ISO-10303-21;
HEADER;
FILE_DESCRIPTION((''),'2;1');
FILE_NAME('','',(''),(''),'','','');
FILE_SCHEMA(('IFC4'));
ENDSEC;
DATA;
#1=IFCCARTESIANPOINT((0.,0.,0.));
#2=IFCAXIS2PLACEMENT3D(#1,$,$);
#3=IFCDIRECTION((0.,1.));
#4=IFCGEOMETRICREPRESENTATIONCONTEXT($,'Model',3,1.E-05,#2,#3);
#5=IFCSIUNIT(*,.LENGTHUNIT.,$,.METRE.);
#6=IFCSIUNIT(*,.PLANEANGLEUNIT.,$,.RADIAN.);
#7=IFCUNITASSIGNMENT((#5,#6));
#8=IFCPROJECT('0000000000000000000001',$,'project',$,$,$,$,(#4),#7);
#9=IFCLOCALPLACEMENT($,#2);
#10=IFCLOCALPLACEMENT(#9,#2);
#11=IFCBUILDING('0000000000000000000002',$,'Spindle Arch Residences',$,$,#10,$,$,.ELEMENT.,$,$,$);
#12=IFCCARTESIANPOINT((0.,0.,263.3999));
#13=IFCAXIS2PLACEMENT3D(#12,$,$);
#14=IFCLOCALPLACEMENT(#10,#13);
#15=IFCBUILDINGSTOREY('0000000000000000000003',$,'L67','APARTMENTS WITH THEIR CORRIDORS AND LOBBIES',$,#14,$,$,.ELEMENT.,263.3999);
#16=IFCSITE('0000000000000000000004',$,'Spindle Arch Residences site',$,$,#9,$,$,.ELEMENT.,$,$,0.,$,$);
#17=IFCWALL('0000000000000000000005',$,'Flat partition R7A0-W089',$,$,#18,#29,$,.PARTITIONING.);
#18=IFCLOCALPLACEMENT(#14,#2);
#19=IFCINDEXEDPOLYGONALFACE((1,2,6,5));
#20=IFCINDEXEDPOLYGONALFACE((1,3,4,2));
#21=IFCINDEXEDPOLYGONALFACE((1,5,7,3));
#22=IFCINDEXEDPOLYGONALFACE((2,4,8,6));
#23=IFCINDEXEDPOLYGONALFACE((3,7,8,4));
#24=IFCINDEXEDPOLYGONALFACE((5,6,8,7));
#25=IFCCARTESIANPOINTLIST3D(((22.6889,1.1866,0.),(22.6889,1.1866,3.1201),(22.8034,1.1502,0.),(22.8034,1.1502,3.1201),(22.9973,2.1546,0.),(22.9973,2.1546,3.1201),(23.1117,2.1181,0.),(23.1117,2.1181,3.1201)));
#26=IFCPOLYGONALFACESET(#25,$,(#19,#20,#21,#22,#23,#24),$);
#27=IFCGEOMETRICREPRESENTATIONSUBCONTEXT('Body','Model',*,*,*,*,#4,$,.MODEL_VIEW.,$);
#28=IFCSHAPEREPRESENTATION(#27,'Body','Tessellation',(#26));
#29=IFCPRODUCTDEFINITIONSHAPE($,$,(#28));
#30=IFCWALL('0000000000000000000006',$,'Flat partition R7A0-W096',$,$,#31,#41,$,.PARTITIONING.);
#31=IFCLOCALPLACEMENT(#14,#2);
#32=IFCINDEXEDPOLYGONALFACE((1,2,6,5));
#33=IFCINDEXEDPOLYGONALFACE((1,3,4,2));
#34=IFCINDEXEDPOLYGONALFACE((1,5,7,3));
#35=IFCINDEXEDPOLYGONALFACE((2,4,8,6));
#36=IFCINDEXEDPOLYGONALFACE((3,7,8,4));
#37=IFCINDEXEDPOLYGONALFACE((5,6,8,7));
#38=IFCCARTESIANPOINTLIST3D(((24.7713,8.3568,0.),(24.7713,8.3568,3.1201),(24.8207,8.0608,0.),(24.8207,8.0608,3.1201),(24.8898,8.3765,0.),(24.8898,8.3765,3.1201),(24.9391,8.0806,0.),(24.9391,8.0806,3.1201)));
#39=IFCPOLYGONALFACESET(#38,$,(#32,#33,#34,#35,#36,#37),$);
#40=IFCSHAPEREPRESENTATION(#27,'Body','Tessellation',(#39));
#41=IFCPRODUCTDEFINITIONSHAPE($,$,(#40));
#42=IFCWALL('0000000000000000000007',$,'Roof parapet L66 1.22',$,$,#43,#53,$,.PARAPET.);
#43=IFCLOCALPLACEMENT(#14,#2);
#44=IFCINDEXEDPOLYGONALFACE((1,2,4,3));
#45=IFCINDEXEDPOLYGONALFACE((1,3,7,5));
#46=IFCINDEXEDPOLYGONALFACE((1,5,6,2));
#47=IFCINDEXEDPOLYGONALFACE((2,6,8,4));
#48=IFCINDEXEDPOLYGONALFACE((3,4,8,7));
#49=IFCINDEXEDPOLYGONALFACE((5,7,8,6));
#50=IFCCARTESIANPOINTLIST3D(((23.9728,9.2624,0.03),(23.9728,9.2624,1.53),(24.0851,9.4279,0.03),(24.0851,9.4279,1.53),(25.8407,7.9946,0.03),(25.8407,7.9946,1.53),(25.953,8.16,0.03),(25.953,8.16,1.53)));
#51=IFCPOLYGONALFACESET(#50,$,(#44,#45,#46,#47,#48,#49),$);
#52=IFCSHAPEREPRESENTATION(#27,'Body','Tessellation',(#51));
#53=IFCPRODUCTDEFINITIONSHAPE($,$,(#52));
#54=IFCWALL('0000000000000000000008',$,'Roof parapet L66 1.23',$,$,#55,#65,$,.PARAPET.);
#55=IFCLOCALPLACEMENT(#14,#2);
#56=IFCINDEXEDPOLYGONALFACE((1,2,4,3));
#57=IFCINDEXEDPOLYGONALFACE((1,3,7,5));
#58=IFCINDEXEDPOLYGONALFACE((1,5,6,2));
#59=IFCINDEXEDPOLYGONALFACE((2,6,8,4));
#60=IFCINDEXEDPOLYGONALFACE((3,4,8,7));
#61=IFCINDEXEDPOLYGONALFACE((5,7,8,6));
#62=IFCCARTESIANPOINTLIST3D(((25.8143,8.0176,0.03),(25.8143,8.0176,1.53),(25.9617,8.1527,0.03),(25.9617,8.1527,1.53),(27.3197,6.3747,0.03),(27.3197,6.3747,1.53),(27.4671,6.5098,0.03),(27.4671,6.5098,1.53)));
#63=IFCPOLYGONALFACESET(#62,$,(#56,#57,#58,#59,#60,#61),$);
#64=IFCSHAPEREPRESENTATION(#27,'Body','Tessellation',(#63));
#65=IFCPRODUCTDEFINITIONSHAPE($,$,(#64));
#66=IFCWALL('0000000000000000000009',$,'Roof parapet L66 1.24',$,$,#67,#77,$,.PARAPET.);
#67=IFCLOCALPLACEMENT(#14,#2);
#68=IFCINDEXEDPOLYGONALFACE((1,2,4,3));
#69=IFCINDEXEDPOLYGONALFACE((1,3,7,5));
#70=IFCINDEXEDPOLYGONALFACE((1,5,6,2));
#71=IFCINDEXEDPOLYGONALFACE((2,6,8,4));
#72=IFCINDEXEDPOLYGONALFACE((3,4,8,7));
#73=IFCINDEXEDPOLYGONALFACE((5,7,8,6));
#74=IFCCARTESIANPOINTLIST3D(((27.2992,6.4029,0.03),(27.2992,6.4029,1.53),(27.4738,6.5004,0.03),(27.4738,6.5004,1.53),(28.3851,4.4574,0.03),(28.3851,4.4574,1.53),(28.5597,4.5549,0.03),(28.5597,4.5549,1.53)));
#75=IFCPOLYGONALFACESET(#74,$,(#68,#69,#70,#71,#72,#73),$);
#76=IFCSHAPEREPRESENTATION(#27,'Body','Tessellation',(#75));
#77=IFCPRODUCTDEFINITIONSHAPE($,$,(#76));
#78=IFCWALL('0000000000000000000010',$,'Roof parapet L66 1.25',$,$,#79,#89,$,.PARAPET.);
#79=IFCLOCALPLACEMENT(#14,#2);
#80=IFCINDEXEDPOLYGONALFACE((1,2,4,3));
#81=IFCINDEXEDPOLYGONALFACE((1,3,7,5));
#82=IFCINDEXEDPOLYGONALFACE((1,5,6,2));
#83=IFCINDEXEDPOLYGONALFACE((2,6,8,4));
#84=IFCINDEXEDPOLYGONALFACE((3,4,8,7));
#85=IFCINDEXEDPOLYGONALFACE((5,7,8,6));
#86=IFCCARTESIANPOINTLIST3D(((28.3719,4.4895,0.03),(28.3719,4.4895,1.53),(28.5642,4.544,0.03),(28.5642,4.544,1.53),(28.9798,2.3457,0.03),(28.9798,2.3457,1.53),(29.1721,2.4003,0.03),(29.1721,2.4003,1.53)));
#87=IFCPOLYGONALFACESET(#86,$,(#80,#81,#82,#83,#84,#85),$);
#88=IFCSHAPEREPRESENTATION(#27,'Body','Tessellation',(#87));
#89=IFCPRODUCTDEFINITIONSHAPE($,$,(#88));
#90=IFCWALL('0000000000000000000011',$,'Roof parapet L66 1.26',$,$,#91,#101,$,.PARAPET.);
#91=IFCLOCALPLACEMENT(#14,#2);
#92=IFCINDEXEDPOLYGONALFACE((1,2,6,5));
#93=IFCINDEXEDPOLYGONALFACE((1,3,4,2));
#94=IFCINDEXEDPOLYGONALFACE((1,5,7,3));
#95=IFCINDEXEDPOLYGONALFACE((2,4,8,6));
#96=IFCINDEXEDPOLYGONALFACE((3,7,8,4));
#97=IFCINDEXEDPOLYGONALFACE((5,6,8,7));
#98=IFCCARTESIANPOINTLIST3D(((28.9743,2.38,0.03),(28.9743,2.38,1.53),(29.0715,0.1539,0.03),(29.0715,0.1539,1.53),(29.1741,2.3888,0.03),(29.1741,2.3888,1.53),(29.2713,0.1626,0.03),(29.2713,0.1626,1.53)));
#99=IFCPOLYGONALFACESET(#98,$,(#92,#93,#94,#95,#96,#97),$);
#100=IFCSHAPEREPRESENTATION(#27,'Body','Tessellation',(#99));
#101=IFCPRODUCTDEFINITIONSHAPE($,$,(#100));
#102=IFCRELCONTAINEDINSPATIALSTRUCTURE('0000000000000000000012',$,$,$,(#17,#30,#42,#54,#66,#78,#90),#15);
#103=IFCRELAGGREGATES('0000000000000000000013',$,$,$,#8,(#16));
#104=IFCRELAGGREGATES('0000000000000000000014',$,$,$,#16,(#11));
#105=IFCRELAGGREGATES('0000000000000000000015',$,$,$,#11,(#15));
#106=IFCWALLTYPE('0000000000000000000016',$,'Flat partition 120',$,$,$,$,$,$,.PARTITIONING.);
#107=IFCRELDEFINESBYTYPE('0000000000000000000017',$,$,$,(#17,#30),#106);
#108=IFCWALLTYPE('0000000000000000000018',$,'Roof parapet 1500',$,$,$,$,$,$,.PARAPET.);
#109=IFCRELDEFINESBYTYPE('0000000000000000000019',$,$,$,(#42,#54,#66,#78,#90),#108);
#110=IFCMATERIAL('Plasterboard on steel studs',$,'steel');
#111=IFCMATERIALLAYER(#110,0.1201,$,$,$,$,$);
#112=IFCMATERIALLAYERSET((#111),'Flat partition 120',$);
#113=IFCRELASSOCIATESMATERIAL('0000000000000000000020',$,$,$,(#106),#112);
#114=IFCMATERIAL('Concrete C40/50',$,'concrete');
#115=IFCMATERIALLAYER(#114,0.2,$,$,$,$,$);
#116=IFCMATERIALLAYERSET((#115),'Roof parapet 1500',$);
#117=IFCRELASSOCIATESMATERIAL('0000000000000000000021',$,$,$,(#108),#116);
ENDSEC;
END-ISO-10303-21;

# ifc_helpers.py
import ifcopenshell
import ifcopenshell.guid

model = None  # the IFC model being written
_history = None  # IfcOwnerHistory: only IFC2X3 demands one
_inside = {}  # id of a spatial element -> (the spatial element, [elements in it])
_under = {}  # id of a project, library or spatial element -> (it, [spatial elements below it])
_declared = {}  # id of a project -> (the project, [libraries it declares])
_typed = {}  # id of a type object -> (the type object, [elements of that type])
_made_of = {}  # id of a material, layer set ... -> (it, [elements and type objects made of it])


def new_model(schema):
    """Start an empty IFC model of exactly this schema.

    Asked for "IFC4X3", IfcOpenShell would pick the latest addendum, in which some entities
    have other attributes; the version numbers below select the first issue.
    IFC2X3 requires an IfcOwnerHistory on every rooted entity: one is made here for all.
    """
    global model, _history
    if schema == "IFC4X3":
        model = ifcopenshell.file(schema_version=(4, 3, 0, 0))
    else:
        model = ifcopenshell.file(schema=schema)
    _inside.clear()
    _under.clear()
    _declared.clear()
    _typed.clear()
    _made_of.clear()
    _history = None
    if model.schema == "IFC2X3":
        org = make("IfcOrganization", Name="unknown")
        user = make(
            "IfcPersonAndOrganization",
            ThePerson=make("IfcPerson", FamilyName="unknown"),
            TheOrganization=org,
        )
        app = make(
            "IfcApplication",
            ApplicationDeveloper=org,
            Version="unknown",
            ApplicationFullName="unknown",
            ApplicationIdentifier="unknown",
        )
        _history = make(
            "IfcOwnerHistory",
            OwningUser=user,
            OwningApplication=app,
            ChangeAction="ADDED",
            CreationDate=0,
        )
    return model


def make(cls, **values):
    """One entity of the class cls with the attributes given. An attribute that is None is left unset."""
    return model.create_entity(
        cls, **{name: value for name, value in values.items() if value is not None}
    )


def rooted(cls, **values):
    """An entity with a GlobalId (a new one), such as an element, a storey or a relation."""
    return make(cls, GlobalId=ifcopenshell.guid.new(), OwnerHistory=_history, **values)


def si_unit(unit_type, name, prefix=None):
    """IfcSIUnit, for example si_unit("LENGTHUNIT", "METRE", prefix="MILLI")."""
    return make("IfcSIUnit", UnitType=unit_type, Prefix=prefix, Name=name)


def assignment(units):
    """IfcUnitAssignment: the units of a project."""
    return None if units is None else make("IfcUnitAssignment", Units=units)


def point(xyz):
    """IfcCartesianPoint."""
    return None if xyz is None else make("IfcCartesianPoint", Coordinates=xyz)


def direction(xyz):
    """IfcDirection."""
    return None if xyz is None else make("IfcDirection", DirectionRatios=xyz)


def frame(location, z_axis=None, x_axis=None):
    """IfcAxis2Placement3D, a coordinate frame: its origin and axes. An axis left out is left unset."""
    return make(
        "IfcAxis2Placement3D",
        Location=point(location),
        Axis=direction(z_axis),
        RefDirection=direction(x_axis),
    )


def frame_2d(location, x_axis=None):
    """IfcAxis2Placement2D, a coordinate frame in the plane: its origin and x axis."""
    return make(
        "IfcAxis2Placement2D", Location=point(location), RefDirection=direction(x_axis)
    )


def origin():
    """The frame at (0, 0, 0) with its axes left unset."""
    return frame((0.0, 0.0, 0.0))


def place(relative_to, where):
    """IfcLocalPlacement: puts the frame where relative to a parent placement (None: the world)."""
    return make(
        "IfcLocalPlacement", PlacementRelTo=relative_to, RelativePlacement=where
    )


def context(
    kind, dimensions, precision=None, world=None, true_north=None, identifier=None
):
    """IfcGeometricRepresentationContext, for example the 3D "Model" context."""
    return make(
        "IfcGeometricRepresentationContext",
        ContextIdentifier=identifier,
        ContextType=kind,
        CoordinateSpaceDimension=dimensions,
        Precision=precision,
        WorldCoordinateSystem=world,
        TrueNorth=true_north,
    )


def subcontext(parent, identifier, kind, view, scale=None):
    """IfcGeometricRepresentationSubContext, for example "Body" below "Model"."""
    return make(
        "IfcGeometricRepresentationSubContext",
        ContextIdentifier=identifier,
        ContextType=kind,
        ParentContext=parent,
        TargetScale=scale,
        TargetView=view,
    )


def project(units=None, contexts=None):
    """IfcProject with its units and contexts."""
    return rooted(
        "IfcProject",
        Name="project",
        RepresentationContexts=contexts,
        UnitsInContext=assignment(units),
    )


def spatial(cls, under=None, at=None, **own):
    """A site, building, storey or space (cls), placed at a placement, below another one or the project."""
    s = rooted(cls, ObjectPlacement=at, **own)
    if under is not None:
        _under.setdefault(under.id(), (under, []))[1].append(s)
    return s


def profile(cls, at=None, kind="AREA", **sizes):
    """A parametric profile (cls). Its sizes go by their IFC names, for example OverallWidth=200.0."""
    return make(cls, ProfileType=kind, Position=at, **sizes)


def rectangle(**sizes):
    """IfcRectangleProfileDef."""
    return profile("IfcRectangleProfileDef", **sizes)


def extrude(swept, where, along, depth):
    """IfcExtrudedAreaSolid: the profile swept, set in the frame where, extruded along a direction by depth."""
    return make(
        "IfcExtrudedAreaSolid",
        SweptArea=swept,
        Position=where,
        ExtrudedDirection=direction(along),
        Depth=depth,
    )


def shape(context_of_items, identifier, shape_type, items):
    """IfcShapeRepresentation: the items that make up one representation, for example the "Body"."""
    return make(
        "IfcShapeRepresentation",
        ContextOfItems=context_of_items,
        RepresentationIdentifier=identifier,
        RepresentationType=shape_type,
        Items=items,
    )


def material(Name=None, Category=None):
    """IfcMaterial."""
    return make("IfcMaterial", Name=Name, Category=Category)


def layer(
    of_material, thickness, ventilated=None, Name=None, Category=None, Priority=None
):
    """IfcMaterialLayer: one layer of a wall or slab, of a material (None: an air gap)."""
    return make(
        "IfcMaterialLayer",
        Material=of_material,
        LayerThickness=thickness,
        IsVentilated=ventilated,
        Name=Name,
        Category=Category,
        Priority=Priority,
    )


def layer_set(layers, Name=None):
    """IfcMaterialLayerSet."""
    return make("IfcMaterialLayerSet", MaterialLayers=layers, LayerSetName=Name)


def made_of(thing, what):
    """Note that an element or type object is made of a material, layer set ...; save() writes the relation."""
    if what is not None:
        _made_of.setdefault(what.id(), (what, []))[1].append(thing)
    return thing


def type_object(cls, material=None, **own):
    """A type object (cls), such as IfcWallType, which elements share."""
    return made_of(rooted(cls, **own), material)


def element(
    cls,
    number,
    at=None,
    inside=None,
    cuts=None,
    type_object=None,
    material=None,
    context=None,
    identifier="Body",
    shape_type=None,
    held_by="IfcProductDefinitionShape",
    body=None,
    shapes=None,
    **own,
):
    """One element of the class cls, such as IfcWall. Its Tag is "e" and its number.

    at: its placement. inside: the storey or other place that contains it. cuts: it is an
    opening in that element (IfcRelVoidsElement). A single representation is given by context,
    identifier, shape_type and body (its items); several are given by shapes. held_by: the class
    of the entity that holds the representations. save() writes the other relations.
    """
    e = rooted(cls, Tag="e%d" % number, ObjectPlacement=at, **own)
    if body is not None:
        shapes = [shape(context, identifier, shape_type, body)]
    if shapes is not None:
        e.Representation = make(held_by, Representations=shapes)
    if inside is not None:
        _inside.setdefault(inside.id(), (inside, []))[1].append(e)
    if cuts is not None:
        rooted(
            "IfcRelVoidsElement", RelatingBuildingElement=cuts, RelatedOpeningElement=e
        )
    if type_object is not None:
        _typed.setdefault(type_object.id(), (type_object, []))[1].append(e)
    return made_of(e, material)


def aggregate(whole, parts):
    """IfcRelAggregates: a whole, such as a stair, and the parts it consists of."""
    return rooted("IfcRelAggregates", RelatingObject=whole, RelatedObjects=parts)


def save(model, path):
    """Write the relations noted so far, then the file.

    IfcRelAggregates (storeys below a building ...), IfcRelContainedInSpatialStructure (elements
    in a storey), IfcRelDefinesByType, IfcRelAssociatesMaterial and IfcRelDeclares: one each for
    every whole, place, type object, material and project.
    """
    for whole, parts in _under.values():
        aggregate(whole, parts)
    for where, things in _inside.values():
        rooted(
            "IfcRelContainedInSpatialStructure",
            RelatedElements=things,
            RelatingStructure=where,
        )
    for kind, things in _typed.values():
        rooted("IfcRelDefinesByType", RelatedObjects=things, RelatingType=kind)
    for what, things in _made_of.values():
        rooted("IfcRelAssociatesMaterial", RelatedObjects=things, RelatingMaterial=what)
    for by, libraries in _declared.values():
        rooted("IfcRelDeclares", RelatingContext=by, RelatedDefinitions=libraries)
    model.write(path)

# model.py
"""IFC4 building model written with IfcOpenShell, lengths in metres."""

from ifc_helpers import new_model, si_unit, direction, frame, frame_2d, origin, place, context, subcontext, project, spatial, rectangle, extrude, material, layer, layer_set, type_object, element, save


model = new_model("IFC4")

# Units and contexts
model_context = context("Model", 3, precision=1e-05, world=origin(), true_north=direction((0.0, 1.0)))
body_context = subcontext(model_context, "Body", "Model", "MODEL_VIEW")
ifc_project = project(units=[si_unit("LENGTHUNIT", "METRE"), si_unit("PLANEANGLEUNIT", "RADIAN")], contexts=[model_context])

# Site, building, storey
site_placement = place(None, origin())
site = spatial("IfcSite", under=ifc_project, at=site_placement, Name="Spindle Arch Residences site", CompositionType="ELEMENT", RefElevation=0.0)
building_placement = place(site_placement, origin())
building = spatial("IfcBuilding", under=site, at=building_placement, Name="Spindle Arch Residences", CompositionType="ELEMENT")
storey_placement = place(building_placement, frame((0.0, 0.0, 263.3999)))
storey = spatial("IfcBuildingStorey", under=building, at=storey_placement, Name="L67", Description="APARTMENTS WITH THEIR CORRIDORS AND LOBBIES", CompositionType="ELEMENT", Elevation=263.3999)

# Shared definitions
ifc_material_1 = material(Name="Plasterboard on steel studs", Category="steel")
ifc_layer_1 = layer(ifc_material_1, 0.1201)
ifc_layer_set_1 = layer_set([ifc_layer_1], Name="Flat partition 120")
wall_type_1 = type_object("IfcWallType", Name="Flat partition 120", PredefinedType="PARTITIONING", material=ifc_layer_set_1)

# Walls
wall_1_placement = place(storey_placement, frame((23.0544, 2.1362, 0.0), z_axis=(0.0, 0.0, 1.0), x_axis=(-0.303511, -0.952828, 0.0)))
element("IfcWall", 1, at=wall_1_placement, inside=storey, type_object=wall_type_1, Name="Flat partition R7A0-W089", PredefinedType="PARTITIONING", context=body_context, shape_type="SweptSolid", body=[
    extrude(rectangle(XDim=1.0159, YDim=0.1201, at=frame_2d((0.5078, 0.0))), origin(), (0.0, 0.0, 1.0), 3.1201),
])
wall_2_placement = place(storey_placement, frame((24.8799, 8.0708, 0.0), z_axis=(0.0, 0.0, 1.0), x_axis=(-0.164399, 0.986394, 0.0)))
element("IfcWall", 2, at=wall_2_placement, inside=storey, type_object=wall_type_1, Name="Flat partition R7A0-W096", PredefinedType="PARTITIONING", context=body_context, shape_type="SweptSolid", body=[
    extrude(rectangle(XDim=0.3, YDim=0.1201, at=frame_2d((0.1499, 0.0))), origin(), (0.0, 0.0, 1.0), 3.1201),
])
ifc_material_2 = material(Name="Concrete C40/50", Category="concrete")
ifc_layer_2 = layer(ifc_material_2, 0.2)
ifc_layer_set_2 = layer_set([ifc_layer_2], Name="Roof parapet 1500")
wall_type_2 = type_object("IfcWallType", Name="Roof parapet 1500", PredefinedType="PARAPET", material=ifc_layer_set_2)
wall_3_placement = place(storey_placement, frame((24.0288, 9.3452, 0.03), z_axis=(0.0, 0.0, 1.0), x_axis=(0.827413, -0.561594, 0.0)))
element("IfcWall", 3, at=wall_3_placement, inside=storey, type_object=wall_type_2, Name="Roof parapet L66 1.22", PredefinedType="PARAPET", context=body_context, shape_type="SweptSolid", body=[
    extrude(rectangle(XDim=2.2576, YDim=0.2, at=frame_2d((1.1289, 0.0))), origin(), (0.0, 0.0, 1.0), 1.5),
])
wall_4_placement = place(storey_placement, frame((25.8879, 8.0852, 0.03), z_axis=(0.0, 0.0, 1.0), x_axis=(0.675591, -0.737277, 0.0)))
element("IfcWall", 4, at=wall_4_placement, inside=storey, type_object=wall_type_2, Name="Roof parapet L66 1.23", PredefinedType="PARAPET", context=body_context, shape_type="SweptSolid", body=[
    extrude(rectangle(XDim=2.2283, YDim=0.2, at=frame_2d((1.1143, 0.0))), origin(), (0.0, 0.0, 1.0), 1.5),
])
wall_5_placement = place(storey_placement, frame((27.3865, 6.4517, 0.03), z_axis=(0.0, 0.0, 1.0), x_axis=(0.487382, -0.873189, 0.0)))
element("IfcWall", 5, at=wall_5_placement, inside=storey, type_object=wall_type_2, Name="Roof parapet L66 1.24", PredefinedType="PARAPET", context=body_context, shape_type="SweptSolid", body=[
    extrude(rectangle(XDim=2.228, YDim=0.2, at=frame_2d((1.114, 0.0))), origin(), (0.0, 0.0, 1.0), 1.5),
])
for number, where, z_axis, x_axis, name in (
    (6, (28.468, 4.5168, 0.03), (0.0, 0.0, 1.0), (0.27281, -0.962068, 0.0), "Roof parapet L66 1.25"),
    (7, (29.0742, 2.3845, 0.03), (0.0, 0.0, 1.0), (0.043608, -0.999049, 0.0), "Roof parapet L66 1.26"),
):
    element("IfcWall", number, at=place(storey_placement, frame(where, z_axis=z_axis, x_axis=x_axis)), inside=storey, type_object=wall_type_2, Name=name, PredefinedType="PARAPET", context=body_context, shape_type="SweptSolid", body=[
        extrude(rectangle(XDim=2.2283, YDim=0.2, at=frame_2d((1.1143, 0.0))), origin(), (0.0, 0.0, 1.0), 1.5),
    ])

save(model, "model.ifc")
